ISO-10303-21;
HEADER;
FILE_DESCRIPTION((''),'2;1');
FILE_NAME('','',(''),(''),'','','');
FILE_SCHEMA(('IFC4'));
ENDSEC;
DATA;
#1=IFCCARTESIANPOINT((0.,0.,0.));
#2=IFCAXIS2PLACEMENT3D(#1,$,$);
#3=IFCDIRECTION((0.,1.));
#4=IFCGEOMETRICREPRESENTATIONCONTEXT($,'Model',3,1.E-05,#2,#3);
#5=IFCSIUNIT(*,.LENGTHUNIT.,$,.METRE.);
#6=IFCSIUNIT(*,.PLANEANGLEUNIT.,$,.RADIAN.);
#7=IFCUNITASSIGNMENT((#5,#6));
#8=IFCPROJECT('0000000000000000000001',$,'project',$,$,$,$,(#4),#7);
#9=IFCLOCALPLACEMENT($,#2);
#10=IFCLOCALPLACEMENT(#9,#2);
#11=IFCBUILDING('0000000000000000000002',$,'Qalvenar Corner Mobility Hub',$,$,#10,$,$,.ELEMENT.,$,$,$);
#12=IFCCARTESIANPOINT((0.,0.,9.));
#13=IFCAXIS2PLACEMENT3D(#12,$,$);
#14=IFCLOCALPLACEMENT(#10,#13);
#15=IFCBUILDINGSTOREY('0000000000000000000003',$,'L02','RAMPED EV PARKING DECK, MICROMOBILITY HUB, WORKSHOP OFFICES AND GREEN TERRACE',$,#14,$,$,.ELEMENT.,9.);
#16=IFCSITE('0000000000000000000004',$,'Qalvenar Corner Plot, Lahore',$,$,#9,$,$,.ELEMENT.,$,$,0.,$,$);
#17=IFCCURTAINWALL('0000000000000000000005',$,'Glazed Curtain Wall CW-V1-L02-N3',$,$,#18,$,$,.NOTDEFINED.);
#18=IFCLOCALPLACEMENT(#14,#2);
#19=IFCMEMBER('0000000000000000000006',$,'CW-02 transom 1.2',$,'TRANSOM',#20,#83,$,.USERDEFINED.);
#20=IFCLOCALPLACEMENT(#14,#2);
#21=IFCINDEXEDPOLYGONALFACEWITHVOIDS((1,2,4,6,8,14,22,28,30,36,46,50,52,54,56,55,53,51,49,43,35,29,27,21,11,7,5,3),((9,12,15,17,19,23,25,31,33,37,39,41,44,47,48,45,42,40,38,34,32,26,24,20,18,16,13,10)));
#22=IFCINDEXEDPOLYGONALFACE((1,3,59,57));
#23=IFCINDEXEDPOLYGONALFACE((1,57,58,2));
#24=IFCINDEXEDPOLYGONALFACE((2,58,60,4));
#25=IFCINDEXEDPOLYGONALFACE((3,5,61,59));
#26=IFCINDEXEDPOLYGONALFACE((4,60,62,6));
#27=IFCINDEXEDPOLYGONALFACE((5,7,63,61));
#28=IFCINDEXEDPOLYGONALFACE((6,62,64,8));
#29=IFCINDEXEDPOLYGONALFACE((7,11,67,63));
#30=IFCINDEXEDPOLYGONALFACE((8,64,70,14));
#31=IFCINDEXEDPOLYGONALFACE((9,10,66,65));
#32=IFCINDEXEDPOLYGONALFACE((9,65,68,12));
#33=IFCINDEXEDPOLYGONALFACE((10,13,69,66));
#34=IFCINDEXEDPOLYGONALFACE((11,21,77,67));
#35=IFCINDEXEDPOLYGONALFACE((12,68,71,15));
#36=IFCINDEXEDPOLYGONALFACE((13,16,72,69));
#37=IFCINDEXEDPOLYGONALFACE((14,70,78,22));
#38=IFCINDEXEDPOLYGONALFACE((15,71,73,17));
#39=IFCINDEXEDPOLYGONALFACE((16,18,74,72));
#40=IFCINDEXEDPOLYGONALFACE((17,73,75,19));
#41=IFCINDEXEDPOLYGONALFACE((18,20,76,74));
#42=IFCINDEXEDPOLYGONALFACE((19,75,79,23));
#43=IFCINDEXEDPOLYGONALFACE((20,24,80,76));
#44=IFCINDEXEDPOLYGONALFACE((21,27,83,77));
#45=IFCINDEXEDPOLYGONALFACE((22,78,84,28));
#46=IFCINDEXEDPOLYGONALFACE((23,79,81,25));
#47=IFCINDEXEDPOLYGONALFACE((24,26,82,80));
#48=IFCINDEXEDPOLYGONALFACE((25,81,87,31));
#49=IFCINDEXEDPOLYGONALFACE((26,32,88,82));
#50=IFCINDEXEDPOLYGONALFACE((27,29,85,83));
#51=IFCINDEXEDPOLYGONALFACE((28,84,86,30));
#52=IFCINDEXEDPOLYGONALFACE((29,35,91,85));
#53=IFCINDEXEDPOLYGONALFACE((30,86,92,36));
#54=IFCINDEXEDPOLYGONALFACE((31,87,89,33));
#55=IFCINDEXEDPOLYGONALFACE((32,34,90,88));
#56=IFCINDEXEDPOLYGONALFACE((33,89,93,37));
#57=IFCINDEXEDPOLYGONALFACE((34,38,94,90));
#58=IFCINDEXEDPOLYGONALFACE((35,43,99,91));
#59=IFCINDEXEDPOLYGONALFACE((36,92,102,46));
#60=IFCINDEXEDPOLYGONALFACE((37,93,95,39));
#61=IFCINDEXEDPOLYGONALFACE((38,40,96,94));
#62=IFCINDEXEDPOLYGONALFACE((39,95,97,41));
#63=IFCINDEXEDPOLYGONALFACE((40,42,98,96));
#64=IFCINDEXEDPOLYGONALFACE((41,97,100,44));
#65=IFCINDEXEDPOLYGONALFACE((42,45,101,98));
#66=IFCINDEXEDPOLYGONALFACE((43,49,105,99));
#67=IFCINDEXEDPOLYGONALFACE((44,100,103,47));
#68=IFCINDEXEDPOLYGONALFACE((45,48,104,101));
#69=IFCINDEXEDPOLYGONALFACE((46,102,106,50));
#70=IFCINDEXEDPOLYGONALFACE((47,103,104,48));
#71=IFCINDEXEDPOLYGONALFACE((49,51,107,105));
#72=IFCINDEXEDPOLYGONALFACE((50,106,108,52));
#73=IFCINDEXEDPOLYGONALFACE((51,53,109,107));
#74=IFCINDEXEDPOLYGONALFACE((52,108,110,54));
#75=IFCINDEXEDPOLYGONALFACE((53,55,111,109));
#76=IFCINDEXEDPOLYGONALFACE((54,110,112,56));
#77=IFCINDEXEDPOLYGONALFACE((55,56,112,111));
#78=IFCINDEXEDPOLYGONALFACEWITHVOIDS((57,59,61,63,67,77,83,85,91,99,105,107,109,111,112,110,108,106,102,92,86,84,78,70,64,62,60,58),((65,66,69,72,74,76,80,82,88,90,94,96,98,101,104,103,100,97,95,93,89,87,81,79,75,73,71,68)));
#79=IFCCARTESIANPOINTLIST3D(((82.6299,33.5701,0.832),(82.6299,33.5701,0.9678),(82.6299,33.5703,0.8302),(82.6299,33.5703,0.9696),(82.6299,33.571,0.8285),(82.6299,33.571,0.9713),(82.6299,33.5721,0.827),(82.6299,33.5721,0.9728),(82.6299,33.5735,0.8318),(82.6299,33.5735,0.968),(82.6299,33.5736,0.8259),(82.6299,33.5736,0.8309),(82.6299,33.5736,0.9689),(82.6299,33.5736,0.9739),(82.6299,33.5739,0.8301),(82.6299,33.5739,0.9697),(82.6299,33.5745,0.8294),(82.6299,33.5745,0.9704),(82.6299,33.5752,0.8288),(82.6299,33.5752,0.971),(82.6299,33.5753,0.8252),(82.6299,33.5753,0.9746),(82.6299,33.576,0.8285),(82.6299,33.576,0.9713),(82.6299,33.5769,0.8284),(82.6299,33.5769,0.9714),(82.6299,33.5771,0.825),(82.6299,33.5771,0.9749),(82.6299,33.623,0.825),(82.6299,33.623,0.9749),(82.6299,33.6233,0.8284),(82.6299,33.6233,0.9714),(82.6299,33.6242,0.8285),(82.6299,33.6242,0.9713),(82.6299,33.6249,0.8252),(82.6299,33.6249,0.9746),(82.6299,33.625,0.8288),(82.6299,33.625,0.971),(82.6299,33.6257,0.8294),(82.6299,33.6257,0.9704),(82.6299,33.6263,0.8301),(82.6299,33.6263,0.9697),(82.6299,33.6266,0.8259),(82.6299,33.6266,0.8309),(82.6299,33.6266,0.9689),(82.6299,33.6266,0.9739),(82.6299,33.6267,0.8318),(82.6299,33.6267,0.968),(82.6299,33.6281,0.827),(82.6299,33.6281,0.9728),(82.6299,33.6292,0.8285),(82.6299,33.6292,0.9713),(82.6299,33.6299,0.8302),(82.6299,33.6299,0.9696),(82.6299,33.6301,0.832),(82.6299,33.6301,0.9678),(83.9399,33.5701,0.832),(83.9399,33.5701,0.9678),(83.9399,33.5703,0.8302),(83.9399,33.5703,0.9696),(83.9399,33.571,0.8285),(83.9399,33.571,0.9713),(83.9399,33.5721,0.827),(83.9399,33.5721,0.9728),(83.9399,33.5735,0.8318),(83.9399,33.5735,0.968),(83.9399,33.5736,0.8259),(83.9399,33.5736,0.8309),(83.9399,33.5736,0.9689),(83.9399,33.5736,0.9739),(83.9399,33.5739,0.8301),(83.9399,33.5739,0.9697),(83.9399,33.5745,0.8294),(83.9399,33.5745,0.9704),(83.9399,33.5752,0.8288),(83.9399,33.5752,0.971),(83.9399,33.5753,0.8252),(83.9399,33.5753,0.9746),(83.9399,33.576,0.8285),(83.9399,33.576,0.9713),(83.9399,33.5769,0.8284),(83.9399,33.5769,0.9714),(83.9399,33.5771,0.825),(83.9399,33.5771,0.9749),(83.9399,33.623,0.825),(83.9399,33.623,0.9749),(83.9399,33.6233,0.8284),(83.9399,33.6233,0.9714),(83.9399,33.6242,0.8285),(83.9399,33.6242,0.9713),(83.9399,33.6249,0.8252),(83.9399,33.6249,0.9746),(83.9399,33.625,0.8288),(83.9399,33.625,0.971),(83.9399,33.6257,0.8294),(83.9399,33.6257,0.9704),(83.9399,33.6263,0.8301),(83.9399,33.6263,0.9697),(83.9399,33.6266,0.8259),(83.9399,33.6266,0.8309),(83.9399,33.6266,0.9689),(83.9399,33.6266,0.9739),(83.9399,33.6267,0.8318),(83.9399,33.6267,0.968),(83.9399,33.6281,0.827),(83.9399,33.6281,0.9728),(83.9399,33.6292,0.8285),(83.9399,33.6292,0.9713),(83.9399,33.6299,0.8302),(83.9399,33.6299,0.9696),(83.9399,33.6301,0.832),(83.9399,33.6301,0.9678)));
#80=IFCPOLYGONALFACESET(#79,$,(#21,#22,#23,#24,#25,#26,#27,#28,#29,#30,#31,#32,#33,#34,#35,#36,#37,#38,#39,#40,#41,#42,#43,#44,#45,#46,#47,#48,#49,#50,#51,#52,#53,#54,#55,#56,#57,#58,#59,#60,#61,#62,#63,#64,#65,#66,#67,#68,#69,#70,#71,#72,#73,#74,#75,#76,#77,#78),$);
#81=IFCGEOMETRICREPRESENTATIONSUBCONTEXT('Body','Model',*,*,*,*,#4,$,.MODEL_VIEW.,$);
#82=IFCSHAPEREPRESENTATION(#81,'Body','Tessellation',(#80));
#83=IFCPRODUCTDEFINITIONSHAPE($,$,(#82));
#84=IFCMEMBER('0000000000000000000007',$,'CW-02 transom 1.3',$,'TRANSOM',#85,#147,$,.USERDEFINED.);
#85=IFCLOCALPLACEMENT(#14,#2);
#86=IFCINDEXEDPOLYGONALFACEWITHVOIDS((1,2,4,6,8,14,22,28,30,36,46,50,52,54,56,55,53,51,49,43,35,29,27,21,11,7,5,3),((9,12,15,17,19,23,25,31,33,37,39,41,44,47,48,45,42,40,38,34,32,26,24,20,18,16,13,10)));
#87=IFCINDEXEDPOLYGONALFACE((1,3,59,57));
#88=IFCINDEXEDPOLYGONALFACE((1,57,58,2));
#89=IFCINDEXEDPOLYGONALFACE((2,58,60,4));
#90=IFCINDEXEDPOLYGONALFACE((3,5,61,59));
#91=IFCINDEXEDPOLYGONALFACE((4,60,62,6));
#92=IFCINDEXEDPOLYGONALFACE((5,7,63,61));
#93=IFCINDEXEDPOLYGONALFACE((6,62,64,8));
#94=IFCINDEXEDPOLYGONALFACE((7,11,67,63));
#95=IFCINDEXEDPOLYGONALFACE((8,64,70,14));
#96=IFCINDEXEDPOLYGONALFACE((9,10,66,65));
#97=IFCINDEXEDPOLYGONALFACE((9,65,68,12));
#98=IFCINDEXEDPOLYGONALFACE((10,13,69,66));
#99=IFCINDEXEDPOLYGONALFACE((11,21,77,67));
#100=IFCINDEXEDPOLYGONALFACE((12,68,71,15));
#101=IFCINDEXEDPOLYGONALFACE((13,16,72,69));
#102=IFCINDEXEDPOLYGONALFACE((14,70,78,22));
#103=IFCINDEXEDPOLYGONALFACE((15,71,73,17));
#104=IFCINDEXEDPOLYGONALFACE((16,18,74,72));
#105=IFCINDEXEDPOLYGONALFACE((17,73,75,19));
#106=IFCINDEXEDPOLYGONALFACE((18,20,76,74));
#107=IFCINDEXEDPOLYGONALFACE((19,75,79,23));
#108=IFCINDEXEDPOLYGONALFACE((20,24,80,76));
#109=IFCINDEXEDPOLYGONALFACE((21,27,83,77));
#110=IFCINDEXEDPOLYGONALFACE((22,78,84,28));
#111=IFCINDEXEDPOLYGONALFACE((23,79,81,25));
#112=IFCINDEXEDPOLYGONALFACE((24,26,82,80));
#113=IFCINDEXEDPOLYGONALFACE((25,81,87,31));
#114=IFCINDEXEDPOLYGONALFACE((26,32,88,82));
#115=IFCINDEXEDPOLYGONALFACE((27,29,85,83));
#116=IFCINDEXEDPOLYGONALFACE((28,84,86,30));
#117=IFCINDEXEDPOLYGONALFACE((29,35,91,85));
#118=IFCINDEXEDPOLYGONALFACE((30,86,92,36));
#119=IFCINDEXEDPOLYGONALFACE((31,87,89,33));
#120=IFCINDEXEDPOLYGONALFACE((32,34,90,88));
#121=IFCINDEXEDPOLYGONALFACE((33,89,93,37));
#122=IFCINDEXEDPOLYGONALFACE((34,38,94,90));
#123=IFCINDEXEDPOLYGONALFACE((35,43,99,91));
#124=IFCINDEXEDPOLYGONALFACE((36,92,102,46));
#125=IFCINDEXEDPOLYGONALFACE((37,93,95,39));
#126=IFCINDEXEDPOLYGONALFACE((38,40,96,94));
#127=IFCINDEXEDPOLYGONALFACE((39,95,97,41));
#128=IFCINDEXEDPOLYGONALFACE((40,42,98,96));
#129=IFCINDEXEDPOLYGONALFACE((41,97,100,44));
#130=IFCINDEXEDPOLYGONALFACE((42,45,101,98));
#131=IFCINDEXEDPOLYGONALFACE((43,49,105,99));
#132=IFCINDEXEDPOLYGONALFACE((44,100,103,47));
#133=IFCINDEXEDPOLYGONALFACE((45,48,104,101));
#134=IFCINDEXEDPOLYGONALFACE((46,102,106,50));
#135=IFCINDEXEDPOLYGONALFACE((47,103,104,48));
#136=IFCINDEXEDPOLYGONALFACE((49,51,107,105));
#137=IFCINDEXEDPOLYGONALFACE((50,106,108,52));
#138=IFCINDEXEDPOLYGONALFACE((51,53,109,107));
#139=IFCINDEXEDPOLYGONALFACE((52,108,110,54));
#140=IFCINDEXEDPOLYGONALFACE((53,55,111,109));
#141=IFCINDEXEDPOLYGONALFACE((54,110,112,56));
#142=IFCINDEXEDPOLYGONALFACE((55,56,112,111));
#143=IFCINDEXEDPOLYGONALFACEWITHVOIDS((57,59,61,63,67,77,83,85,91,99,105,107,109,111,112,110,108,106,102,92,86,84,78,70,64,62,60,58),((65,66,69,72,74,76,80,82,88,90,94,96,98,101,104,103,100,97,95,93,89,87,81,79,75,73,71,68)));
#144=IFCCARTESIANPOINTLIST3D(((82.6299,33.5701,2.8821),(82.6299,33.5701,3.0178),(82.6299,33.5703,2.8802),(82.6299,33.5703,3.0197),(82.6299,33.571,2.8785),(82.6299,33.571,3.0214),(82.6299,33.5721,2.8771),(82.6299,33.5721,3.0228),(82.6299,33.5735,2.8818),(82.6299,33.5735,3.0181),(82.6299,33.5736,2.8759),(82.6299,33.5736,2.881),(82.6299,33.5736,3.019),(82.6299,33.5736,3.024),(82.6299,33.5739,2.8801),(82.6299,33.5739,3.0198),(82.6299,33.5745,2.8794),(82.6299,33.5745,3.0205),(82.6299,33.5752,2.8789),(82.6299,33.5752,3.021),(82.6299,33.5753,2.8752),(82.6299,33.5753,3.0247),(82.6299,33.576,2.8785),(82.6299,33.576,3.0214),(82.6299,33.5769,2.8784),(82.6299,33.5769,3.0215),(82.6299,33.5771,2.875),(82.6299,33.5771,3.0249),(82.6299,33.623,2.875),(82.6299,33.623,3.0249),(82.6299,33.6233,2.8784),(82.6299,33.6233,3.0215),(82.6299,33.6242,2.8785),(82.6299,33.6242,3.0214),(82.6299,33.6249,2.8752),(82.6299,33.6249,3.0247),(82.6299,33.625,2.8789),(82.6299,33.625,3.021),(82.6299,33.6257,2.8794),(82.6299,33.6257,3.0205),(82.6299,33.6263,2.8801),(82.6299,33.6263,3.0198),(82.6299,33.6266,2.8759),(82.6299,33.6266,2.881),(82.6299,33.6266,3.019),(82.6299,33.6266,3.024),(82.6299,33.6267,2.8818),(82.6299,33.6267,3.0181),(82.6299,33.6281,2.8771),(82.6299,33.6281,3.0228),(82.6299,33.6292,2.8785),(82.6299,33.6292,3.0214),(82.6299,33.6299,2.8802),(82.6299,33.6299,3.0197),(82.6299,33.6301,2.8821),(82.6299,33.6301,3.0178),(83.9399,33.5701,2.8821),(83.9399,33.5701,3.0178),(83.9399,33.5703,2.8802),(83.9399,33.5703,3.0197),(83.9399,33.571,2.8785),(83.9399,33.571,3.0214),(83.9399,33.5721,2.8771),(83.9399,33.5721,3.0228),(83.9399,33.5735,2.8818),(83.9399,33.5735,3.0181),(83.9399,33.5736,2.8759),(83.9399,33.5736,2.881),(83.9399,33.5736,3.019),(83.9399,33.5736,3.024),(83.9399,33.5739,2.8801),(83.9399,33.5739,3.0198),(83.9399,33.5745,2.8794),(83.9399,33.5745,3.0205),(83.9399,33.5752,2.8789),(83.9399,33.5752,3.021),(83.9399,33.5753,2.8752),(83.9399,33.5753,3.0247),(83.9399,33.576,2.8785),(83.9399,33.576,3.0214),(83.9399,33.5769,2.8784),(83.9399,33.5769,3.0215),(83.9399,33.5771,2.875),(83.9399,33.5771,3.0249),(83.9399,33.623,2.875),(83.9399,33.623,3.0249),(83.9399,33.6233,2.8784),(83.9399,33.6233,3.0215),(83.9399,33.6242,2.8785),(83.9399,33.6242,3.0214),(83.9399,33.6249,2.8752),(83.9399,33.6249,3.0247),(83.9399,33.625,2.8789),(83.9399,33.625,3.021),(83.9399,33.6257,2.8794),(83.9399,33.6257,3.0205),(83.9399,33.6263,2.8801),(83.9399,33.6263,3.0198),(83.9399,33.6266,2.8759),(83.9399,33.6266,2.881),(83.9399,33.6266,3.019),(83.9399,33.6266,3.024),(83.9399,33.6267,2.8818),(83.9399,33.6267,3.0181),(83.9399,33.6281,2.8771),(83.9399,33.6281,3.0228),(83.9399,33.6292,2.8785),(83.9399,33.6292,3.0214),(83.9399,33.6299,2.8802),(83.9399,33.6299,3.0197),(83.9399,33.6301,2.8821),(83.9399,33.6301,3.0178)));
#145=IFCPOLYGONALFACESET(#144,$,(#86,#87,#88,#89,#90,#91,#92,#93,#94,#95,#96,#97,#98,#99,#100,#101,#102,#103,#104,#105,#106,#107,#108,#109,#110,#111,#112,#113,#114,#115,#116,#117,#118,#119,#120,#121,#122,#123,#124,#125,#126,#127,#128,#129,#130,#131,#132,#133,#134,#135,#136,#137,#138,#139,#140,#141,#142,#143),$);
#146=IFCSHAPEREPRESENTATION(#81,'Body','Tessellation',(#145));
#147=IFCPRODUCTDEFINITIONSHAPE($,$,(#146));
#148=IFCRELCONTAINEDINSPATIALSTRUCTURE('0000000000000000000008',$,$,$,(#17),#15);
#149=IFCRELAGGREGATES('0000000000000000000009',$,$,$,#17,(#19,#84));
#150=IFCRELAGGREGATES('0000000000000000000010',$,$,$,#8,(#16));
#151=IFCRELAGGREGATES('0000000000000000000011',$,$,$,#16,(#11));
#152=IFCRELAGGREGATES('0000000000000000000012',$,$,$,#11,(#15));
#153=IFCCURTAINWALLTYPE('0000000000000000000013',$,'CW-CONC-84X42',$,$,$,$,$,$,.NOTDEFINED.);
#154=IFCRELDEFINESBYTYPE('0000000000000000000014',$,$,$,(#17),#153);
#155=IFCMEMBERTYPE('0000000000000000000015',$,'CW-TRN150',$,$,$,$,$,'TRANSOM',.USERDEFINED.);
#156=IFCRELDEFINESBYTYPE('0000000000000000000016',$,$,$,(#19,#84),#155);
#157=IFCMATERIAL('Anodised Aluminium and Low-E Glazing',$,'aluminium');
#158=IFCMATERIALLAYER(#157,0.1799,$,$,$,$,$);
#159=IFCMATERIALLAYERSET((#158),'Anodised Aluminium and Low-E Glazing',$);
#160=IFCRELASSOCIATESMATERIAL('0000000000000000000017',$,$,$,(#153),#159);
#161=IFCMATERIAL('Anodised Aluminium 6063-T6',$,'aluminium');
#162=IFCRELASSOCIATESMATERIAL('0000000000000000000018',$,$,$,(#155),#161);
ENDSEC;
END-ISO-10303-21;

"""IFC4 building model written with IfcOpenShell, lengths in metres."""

from ifc_helpers import new_model, si_unit, direction, frame, origin, origin_2d, place, context, subcontext, project, spatial, hollow_rectangle, extrude, material, layer, layer_set, material_profile, profile_set, type_object, element, aggregate, save


model = new_model("IFC4")

# Units and contexts
model_context = context("Model", 3, precision=1e-05, world=origin(), true_north=direction((0.0, 1.0)))
body_context = subcontext(model_context, "Body", "Model", "MODEL_VIEW")
ifc_project = project(units=[si_unit("LENGTHUNIT", "METRE"), si_unit("PLANEANGLEUNIT", "RADIAN")], contexts=[model_context])

# Site, building, storey
site_placement = place(None, origin())
site = spatial("IfcSite", under=ifc_project, at=site_placement, Name="Qalvenar Corner Plot, Lahore", CompositionType="ELEMENT", RefElevation=0.0)
building_placement = place(site_placement, origin())
building = spatial("IfcBuilding", under=site, at=building_placement, Name="Qalvenar Corner Mobility Hub", CompositionType="ELEMENT")
storey_placement = place(building_placement, frame((0.0, 0.0, 9.0)))
storey = spatial("IfcBuildingStorey", under=building, at=storey_placement, Name="L02", Description="RAMPED EV PARKING DECK, MICROMOBILITY HUB, WORKSHOP OFFICES AND GREEN TERRACE", CompositionType="ELEMENT", Elevation=9.0)

# Curtain wall
ifc_material_1 = material(Name="Anodised Aluminium and Low-E Glazing", Category="aluminium")
ifc_layer_1 = layer(ifc_material_1, 0.1799)
ifc_layer_set_1 = layer_set([ifc_layer_1], Name="Anodised Aluminium and Low-E Glazing")
curtain_wall_type = type_object("IfcCurtainWallType", Name="CW-CONC-84X42", PredefinedType="NOTDEFINED", material=ifc_layer_set_1)
curtain_wall_1_placement = place(storey_placement, origin())
curtain_wall_1 = element("IfcCurtainWall", 1, at=curtain_wall_1_placement, inside=storey, type_object=curtain_wall_type, Name="Glazed Curtain Wall CW-V1-L02-N3", PredefinedType="NOTDEFINED")
ifc_material_2 = material(Name="Anodised Aluminium 6063-T6", Category="aluminium")

# Members
ifc_material_profile_1 = material_profile(ifc_material_2, hollow_rectangle(XDim=0.0601, YDim=0.1499, WallThickness=0.0034, InnerFilletRadius=0.0034, OuterFilletRadius=0.0071, at=origin_2d()), Name="RHS150x60x3.5")
ifc_profile_set_1 = profile_set([ifc_material_profile_1], Name="Anodised Aluminium 6063-T6")
member_type_1 = type_object("IfcMemberType", Name="CW-TRN150", ElementType="TRANSOM", PredefinedType="USERDEFINED", material=ifc_profile_set_1)
member_1_placement = place(storey_placement, frame((83.9399, 33.6001, 0.8999), z_axis=(-1.0, 0.0, 0.0), x_axis=(0.0, -1.0, 0.0)))
member_1 = element("IfcMember", 2, at=member_1_placement, type_object=member_type_1, Name="CW-02 transom 1.2", ObjectType="TRANSOM", PredefinedType="USERDEFINED", context=body_context, shape_type="SweptSolid", body=[
    extrude(hollow_rectangle(XDim=0.0601, YDim=0.1499, WallThickness=0.0034, InnerFilletRadius=0.0034, OuterFilletRadius=0.0071, at=origin_2d()), origin(), (0.0, 0.0, 1.0), 1.3101),
])
member_2_placement = place(storey_placement, frame((83.9399, 33.6001, 2.95), z_axis=(-1.0, 0.0, 0.0), x_axis=(0.0, -1.0, 0.0)))
member_2 = element("IfcMember", 3, at=member_2_placement, type_object=member_type_1, Name="CW-02 transom 1.3", ObjectType="TRANSOM", PredefinedType="USERDEFINED", context=body_context, shape_type="SweptSolid", body=[
    extrude(hollow_rectangle(XDim=0.0601, YDim=0.1499, WallThickness=0.0034, InnerFilletRadius=0.0034, OuterFilletRadius=0.0071, at=origin_2d()), origin(), (0.0, 0.0, 1.0), 1.3101),
])

aggregate(curtain_wall_1, [member_1, member_2])

save(model, "model.ifc")
